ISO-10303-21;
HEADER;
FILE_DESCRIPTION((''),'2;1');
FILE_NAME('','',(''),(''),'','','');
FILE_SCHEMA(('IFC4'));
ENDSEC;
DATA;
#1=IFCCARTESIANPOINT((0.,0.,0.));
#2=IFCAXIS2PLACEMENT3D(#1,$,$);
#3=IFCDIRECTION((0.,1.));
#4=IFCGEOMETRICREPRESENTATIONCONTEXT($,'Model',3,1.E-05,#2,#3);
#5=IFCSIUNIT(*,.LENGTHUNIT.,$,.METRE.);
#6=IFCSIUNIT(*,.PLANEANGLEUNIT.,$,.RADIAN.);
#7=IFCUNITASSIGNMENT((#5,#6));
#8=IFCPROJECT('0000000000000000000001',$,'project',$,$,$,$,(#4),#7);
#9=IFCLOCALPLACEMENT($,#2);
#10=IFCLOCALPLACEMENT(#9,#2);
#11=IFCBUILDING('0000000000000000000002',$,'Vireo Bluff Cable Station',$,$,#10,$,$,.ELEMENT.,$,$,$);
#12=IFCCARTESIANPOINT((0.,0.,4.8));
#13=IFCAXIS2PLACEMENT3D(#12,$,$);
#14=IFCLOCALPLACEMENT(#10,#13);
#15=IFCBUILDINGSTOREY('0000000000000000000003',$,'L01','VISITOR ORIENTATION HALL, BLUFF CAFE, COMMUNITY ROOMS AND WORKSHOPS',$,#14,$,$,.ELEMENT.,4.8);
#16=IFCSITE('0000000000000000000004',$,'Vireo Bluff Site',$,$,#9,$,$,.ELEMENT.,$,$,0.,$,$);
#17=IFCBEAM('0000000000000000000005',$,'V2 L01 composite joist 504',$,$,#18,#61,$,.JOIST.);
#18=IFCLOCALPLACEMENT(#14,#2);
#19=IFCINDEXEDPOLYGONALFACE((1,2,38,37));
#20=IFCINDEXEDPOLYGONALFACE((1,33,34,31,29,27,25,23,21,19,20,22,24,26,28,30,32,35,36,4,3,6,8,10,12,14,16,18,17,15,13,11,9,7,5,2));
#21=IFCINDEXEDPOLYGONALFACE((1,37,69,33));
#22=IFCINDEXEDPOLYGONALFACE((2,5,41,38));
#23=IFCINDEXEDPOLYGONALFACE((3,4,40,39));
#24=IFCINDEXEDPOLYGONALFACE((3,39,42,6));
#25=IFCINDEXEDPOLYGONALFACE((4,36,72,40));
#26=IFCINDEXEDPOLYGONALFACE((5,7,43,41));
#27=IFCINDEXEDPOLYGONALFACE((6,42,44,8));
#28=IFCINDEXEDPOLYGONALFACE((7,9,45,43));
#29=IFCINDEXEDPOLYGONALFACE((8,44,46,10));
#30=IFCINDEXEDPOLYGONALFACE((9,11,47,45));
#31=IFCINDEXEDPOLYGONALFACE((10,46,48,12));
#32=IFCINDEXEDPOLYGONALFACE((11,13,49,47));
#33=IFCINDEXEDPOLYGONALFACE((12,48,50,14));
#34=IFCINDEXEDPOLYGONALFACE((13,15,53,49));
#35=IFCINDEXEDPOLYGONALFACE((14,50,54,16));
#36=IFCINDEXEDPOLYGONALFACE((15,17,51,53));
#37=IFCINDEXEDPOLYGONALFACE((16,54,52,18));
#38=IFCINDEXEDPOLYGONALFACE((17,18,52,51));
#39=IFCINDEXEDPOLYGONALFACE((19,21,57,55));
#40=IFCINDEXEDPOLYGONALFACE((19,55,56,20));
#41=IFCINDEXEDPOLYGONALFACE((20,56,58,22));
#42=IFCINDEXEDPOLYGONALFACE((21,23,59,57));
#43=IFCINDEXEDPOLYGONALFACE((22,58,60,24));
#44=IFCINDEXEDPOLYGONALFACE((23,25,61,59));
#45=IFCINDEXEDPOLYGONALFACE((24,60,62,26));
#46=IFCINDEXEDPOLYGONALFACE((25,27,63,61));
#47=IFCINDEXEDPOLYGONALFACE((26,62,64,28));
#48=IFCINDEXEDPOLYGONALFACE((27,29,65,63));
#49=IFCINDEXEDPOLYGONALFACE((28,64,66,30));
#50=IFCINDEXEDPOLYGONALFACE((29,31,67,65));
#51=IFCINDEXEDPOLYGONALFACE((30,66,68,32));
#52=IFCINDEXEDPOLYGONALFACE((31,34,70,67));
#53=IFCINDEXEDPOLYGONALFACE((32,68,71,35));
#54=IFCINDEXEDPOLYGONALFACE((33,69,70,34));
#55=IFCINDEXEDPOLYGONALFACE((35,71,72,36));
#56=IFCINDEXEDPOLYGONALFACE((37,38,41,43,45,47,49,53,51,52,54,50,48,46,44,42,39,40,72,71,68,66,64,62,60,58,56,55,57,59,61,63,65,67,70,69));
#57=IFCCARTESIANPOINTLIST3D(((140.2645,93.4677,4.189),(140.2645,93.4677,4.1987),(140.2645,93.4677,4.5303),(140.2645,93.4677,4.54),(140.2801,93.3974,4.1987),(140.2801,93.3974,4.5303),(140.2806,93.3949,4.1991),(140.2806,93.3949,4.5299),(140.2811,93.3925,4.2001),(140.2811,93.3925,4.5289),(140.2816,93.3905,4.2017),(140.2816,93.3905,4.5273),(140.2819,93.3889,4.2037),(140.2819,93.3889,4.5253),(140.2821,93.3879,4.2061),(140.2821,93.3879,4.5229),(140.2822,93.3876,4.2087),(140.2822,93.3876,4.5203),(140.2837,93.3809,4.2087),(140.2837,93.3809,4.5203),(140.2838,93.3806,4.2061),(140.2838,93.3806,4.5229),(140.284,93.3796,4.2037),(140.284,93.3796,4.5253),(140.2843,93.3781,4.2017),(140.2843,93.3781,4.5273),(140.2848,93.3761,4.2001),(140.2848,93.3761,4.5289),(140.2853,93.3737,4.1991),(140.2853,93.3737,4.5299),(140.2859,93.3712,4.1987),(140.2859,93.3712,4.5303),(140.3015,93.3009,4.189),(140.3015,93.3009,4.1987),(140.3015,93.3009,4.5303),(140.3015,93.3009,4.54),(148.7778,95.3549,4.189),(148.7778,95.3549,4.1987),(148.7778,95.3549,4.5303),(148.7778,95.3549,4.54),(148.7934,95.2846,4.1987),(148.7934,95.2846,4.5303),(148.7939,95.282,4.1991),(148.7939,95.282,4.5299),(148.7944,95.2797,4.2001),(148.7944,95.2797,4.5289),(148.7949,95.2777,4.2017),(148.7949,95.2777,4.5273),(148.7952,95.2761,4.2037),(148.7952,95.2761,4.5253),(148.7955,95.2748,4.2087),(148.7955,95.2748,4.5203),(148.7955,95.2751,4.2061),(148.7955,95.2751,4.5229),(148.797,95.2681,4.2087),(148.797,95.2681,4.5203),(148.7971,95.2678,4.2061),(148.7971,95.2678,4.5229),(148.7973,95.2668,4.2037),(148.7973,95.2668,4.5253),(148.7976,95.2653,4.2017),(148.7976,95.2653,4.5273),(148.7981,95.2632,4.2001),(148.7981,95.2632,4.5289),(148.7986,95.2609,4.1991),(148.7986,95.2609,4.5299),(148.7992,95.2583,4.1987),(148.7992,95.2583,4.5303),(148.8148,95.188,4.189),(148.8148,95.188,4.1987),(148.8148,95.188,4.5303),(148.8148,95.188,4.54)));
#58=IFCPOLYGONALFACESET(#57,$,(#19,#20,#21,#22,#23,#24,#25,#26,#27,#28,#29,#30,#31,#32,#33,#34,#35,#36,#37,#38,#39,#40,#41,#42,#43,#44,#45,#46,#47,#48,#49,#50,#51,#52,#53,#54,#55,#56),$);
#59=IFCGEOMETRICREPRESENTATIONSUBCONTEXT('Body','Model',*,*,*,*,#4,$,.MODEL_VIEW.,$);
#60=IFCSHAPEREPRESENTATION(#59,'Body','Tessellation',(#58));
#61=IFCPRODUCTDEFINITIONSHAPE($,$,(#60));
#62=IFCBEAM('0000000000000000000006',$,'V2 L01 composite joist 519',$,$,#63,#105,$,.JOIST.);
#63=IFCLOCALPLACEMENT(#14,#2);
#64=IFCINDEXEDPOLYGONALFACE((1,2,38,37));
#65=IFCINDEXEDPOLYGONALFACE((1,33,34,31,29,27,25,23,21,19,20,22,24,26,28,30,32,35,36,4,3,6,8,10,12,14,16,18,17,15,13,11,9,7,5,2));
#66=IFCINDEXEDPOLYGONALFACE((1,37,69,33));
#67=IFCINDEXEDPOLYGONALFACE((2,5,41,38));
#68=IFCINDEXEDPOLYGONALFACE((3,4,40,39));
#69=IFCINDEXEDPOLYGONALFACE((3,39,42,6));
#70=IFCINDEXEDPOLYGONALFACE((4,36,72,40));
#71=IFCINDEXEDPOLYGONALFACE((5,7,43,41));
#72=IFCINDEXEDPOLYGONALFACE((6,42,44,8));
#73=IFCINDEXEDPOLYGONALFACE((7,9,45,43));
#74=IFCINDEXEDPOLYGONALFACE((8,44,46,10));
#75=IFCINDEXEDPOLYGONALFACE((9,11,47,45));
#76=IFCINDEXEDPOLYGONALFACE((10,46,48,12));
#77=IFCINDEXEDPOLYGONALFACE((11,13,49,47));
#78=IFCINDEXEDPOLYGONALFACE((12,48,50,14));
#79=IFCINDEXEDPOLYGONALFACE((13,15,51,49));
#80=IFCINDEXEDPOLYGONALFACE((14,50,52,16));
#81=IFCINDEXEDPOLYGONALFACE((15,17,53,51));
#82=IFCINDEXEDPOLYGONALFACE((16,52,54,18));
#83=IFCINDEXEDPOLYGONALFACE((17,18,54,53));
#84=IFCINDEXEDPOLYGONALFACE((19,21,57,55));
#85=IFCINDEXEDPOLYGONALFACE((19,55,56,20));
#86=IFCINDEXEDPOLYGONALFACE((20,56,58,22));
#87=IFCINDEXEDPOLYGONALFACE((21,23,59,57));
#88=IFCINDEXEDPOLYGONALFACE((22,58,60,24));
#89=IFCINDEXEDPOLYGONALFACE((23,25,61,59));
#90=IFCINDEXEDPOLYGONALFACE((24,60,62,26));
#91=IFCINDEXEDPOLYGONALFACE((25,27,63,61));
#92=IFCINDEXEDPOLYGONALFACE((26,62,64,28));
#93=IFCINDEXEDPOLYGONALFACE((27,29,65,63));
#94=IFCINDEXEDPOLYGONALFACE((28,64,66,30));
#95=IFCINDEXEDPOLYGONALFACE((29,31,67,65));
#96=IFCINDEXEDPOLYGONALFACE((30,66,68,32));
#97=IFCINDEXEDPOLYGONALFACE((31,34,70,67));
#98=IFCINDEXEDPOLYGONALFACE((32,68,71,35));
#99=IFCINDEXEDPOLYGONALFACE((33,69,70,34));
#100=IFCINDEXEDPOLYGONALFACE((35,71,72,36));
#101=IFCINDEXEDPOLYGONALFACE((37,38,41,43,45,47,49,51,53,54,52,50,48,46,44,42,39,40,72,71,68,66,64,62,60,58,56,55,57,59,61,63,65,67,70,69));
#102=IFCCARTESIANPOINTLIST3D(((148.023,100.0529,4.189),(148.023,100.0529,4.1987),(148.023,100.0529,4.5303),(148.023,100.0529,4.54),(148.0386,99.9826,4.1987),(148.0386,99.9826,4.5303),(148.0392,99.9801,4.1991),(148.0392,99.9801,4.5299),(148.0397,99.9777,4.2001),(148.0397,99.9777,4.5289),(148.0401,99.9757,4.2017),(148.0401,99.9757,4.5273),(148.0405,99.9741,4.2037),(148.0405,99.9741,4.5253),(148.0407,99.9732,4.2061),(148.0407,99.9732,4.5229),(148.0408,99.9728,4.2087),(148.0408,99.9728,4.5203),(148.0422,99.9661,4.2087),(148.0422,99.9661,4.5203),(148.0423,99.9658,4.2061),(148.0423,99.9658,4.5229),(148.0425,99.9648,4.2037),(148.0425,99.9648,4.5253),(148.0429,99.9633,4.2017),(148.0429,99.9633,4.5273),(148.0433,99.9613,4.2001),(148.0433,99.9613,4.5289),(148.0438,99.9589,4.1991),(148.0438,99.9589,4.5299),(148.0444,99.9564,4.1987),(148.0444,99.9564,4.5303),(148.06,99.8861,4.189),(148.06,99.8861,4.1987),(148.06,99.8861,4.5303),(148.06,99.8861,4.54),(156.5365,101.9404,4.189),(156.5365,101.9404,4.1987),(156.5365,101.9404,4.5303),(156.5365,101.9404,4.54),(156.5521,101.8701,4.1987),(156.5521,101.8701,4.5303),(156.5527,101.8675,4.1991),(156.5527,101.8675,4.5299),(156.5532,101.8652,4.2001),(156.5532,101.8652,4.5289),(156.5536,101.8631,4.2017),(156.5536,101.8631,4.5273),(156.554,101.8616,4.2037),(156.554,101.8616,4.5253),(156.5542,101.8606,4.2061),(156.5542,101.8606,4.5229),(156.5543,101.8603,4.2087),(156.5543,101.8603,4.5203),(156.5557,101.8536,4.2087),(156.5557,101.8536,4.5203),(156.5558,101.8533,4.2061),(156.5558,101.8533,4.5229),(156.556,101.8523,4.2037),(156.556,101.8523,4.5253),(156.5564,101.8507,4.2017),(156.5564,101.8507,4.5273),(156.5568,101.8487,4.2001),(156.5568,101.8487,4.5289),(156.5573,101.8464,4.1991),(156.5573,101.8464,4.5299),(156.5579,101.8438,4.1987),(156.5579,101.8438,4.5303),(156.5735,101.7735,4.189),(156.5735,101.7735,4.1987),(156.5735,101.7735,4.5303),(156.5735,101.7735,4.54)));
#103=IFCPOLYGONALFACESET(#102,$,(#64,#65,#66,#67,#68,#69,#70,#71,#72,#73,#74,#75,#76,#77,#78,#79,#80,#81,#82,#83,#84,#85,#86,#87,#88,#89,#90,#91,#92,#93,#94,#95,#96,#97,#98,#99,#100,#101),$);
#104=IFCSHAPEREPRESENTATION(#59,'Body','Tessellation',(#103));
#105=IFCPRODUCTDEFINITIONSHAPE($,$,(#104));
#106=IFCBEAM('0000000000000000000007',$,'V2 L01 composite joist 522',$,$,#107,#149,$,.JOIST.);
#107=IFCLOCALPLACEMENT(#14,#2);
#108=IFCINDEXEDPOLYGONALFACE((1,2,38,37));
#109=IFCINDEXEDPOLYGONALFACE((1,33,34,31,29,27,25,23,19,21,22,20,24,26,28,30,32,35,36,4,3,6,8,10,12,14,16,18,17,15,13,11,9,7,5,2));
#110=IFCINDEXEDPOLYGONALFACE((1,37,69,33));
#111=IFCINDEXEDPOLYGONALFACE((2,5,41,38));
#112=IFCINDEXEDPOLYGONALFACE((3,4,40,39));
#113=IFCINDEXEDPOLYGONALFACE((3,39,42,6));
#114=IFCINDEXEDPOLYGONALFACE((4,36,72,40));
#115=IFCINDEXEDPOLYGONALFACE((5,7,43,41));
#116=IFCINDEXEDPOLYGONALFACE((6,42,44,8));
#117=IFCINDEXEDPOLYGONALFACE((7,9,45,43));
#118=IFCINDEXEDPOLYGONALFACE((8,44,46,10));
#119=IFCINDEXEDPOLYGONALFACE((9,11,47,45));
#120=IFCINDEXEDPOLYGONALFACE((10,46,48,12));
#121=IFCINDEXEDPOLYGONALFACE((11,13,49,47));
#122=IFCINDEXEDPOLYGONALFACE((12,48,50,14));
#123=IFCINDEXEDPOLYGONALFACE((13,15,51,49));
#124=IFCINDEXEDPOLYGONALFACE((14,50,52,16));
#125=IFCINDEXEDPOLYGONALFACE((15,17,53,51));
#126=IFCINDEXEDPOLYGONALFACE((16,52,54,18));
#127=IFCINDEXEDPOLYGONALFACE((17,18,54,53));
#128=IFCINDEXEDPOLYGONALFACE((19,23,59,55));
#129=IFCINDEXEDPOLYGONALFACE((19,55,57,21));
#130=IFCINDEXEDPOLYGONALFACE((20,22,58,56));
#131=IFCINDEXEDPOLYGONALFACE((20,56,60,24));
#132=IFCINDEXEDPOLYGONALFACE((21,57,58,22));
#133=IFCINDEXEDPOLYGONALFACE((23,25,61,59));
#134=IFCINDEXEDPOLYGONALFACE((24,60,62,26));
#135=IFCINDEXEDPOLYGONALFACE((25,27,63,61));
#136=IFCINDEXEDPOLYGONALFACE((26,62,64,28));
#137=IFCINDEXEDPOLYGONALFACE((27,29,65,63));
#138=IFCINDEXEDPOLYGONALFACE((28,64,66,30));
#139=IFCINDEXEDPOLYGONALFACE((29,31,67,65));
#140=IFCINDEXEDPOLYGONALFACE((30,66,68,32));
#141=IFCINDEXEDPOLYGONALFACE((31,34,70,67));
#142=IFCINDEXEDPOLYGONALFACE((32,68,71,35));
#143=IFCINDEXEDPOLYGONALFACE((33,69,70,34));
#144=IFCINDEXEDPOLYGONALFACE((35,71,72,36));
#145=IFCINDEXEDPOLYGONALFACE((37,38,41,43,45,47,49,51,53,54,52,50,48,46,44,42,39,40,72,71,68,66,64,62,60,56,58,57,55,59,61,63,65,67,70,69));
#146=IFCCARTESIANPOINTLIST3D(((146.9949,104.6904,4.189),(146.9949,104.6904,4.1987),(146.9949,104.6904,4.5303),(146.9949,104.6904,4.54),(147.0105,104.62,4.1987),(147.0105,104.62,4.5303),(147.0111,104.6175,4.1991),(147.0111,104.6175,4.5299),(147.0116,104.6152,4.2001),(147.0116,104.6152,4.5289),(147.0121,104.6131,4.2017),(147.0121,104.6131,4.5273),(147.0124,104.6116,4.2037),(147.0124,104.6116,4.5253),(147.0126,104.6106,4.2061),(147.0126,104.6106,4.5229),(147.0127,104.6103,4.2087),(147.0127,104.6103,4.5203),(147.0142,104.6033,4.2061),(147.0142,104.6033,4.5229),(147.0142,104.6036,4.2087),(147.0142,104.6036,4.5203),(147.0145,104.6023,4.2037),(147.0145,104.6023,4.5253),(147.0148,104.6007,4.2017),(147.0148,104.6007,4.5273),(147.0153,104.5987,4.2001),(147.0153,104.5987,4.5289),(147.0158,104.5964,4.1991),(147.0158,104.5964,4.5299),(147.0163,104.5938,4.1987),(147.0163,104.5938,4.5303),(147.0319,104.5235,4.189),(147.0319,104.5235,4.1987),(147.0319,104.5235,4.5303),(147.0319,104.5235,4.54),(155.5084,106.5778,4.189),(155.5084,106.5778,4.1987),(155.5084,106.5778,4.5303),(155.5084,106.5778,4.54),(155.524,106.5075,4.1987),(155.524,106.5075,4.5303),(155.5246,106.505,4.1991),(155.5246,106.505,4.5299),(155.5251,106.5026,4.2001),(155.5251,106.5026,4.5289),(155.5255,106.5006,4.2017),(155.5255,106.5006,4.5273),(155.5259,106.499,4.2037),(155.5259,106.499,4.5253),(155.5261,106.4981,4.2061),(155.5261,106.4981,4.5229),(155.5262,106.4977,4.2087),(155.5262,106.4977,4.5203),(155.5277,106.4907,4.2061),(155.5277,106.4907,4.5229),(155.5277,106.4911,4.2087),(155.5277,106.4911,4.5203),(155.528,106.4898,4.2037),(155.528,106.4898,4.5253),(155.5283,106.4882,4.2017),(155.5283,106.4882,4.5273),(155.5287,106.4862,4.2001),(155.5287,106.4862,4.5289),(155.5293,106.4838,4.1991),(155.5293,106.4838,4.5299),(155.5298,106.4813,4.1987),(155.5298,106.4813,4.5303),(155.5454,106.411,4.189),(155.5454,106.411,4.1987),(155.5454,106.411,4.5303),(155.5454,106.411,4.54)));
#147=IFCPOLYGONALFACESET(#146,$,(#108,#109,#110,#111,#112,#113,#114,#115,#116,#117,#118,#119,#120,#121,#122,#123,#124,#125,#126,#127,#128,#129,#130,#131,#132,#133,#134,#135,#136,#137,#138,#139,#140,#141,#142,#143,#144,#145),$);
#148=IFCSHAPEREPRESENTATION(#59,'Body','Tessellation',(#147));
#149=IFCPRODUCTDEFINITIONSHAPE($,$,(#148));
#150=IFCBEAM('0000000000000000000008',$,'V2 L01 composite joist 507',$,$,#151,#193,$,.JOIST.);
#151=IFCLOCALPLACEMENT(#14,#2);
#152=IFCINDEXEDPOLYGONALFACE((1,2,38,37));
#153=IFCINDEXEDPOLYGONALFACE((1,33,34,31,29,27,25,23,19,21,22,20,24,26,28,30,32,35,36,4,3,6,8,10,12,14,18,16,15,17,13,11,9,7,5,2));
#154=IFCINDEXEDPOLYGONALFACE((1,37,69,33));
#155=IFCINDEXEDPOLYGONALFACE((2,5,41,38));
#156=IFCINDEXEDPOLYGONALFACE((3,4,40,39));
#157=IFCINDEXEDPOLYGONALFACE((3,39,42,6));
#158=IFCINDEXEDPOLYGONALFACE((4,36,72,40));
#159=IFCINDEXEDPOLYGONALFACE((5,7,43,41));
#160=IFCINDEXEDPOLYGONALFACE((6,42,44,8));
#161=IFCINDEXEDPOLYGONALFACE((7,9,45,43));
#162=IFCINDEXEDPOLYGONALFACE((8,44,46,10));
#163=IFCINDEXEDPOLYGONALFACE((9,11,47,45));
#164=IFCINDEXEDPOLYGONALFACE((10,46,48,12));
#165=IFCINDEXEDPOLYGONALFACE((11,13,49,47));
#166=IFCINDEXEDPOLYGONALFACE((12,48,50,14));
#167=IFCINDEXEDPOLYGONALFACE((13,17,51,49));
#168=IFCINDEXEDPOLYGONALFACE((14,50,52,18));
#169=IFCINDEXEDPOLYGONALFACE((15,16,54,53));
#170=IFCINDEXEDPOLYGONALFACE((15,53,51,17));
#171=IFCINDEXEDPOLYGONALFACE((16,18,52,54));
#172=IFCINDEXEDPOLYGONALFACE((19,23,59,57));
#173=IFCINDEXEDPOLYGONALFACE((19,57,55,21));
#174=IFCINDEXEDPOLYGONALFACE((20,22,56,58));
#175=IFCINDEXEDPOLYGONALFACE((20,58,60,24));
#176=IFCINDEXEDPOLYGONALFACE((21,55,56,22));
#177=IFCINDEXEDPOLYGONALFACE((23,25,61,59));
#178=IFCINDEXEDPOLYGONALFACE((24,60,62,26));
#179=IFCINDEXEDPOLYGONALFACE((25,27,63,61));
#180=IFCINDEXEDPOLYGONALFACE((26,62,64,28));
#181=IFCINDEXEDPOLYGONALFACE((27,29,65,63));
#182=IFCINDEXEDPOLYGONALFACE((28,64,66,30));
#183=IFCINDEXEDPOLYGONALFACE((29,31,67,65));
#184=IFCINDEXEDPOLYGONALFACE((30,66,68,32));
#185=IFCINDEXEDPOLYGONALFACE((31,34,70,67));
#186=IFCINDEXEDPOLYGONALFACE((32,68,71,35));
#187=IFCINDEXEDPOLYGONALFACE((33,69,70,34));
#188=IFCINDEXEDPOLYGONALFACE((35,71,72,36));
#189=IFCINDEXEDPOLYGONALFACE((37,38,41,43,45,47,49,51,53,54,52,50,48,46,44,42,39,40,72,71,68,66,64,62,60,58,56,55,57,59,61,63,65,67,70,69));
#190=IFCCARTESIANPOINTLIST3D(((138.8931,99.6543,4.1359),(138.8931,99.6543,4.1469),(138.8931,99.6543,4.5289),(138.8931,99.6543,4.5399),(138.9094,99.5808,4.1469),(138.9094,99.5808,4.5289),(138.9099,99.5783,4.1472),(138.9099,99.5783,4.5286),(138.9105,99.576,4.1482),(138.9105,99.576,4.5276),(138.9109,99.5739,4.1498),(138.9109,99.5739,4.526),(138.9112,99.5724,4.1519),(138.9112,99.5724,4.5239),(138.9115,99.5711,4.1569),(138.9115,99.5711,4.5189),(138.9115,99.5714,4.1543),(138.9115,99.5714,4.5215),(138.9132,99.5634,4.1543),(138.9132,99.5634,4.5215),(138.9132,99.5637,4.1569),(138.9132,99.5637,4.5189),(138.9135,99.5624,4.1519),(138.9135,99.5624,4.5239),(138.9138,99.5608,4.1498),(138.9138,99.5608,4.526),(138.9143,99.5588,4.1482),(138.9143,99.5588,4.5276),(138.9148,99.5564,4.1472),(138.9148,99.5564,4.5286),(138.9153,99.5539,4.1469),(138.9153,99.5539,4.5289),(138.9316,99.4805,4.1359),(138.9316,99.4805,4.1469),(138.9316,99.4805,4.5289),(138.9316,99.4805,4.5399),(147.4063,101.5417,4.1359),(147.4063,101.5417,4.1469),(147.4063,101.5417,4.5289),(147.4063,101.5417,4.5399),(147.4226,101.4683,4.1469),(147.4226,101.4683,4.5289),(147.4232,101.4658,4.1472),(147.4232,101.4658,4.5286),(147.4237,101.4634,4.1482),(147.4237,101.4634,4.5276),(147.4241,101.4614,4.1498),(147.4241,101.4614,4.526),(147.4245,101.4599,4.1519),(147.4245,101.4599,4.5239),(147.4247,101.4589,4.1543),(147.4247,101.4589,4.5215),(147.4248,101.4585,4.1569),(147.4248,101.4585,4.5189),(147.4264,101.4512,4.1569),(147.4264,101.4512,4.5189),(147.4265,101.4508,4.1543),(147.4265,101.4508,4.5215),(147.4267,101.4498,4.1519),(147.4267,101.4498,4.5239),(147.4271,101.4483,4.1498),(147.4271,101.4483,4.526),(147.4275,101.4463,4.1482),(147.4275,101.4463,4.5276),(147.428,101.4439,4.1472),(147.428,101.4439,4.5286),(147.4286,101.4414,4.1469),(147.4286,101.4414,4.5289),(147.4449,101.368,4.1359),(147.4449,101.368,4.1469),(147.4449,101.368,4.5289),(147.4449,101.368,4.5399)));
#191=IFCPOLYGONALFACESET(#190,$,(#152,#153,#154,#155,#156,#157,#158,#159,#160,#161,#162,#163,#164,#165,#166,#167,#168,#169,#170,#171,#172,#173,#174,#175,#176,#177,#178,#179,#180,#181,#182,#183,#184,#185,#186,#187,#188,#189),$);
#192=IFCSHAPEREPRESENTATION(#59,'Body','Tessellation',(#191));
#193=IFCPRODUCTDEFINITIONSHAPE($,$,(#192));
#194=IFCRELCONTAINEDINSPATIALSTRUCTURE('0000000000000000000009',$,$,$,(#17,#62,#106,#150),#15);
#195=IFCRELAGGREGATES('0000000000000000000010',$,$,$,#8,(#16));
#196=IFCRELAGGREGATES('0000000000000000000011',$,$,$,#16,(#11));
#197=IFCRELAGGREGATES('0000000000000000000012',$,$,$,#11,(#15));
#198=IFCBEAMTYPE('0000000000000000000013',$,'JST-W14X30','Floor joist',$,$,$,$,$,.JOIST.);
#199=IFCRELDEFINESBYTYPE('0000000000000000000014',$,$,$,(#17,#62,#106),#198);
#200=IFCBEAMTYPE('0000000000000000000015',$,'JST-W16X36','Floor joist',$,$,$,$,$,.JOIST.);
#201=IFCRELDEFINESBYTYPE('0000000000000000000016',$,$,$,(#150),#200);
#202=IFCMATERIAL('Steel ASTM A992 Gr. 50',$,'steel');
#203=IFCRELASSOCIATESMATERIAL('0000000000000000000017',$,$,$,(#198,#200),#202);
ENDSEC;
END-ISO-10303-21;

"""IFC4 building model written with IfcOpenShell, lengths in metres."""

from ifc_helpers import new_model, si_unit, direction, frame, origin, origin_2d, place, context, subcontext, project, spatial, i_section, extrude, material, material_profile, profile_set, type_object, element, save


model = new_model("IFC4")

# Units and contexts
model_context = context("Model", 3, precision=1e-05, world=origin(), true_north=direction((0.0, 1.0)))
body_context = subcontext(model_context, "Body", "Model", "MODEL_VIEW")
ifc_project = project(units=[si_unit("LENGTHUNIT", "METRE"), si_unit("PLANEANGLEUNIT", "RADIAN")], contexts=[model_context])

# Site, building, storey
site_placement = place(None, origin())
site = spatial("IfcSite", under=ifc_project, at=site_placement, Name="Vireo Bluff Site", CompositionType="ELEMENT", RefElevation=0.0)
building_placement = place(site_placement, origin())
building = spatial("IfcBuilding", under=site, at=building_placement, Name="Vireo Bluff Cable Station", CompositionType="ELEMENT")
storey_placement = place(building_placement, frame((0.0, 0.0, 4.8)))
storey = spatial("IfcBuildingStorey", under=building, at=storey_placement, Name="L01", Description="VISITOR ORIENTATION HALL, BLUFF CAFE, COMMUNITY ROOMS AND WORKSHOPS", CompositionType="ELEMENT", Elevation=4.8)

# Shared definitions
ifc_material_1 = material(Name="Steel ASTM A992 Gr. 50", Category="steel")

# Beams
ifc_material_profile_1 = material_profile(ifc_material_1, i_section(OverallWidth=0.1709, OverallDepth=0.3511, WebThickness=0.0068, FlangeThickness=0.0098, FilletRadius=0.01, at=origin_2d()), Name="W14X30")
ifc_profile_set_1 = profile_set([ifc_material_profile_1], Name="Steel ASTM A992 Gr. 50")
beam_type_1 = type_object("IfcBeamType", Name="JST-W14X30", Description="Floor joist", PredefinedType="JOIST", material=ifc_profile_set_1)
beam_1_placement = place(storey_placement, frame((140.283, 93.3843, 4.3645), z_axis=(0.9763, 0.216421, 0.0), x_axis=(-0.216421, 0.9763, 0.0)))
element("IfcBeam", 1, at=beam_1_placement, inside=storey, type_object=beam_type_1, Name="V2 L01 composite joist 504", PredefinedType="JOIST", context=body_context, shape_type="SweptSolid", body=[
    extrude(i_section(OverallWidth=0.1709, OverallDepth=0.3511, WebThickness=0.0068, FlangeThickness=0.0098, FilletRadius=0.01, at=origin_2d()), origin(), (0.0, 0.0, 1.0), 8.72),
])
for number, where, z_axis, x_axis, name in (
    (2, (148.0415, 99.9695, 4.3645), (0.976294, 0.216447, 0.0), (-0.216447, 0.976294, 0.0), "V2 L01 composite joist 519"),
    (3, (147.0134, 104.6069, 4.3645), (0.976294, 0.216447, 0.0), (-0.216447, 0.976294, 0.0), "V2 L01 composite joist 522"),
):
    element("IfcBeam", number, at=place(storey_placement, frame(where, z_axis=z_axis, x_axis=x_axis)), inside=storey, type_object=beam_type_1, Name=name, PredefinedType="JOIST", context=body_context, shape_type="SweptSolid", body=[
        extrude(i_section(OverallWidth=0.1709, OverallDepth=0.3511, WebThickness=0.0068, FlangeThickness=0.0098, FilletRadius=0.01, at=origin_2d()), origin(), (0.0, 0.0, 1.0), 8.7202),
    ])
ifc_material_profile_2 = material_profile(ifc_material_1, i_section(OverallWidth=0.178, OverallDepth=0.4041, WebThickness=0.0076, FlangeThickness=0.011, FilletRadius=0.01, at=origin_2d()), Name="W16X36")
ifc_profile_set_2 = profile_set([ifc_material_profile_2], Name="Steel ASTM A992 Gr. 50")
beam_type_2 = type_object("IfcBeamType", Name="JST-W16X36", Description="Floor joist", PredefinedType="JOIST", material=ifc_profile_set_2)
for number, where, z_axis, x_axis, name in (
    (4, (138.9124, 99.5674, 4.3379), (0.976293, 0.216453, 0.0), (-0.216453, 0.976293, 0.0), "V2 L01 composite joist 507"),
):
    element("IfcBeam", number, at=place(storey_placement, frame(where, z_axis=z_axis, x_axis=x_axis)), inside=storey, type_object=beam_type_2, Name=name, PredefinedType="JOIST", context=body_context, shape_type="SweptSolid", body=[
        extrude(i_section(OverallWidth=0.178, OverallDepth=0.4041, WebThickness=0.0076, FlangeThickness=0.011, FilletRadius=0.01, at=origin_2d()), origin(), (0.0, 0.0, 1.0), 8.72),
    ])

save(model, "model.ifc")
